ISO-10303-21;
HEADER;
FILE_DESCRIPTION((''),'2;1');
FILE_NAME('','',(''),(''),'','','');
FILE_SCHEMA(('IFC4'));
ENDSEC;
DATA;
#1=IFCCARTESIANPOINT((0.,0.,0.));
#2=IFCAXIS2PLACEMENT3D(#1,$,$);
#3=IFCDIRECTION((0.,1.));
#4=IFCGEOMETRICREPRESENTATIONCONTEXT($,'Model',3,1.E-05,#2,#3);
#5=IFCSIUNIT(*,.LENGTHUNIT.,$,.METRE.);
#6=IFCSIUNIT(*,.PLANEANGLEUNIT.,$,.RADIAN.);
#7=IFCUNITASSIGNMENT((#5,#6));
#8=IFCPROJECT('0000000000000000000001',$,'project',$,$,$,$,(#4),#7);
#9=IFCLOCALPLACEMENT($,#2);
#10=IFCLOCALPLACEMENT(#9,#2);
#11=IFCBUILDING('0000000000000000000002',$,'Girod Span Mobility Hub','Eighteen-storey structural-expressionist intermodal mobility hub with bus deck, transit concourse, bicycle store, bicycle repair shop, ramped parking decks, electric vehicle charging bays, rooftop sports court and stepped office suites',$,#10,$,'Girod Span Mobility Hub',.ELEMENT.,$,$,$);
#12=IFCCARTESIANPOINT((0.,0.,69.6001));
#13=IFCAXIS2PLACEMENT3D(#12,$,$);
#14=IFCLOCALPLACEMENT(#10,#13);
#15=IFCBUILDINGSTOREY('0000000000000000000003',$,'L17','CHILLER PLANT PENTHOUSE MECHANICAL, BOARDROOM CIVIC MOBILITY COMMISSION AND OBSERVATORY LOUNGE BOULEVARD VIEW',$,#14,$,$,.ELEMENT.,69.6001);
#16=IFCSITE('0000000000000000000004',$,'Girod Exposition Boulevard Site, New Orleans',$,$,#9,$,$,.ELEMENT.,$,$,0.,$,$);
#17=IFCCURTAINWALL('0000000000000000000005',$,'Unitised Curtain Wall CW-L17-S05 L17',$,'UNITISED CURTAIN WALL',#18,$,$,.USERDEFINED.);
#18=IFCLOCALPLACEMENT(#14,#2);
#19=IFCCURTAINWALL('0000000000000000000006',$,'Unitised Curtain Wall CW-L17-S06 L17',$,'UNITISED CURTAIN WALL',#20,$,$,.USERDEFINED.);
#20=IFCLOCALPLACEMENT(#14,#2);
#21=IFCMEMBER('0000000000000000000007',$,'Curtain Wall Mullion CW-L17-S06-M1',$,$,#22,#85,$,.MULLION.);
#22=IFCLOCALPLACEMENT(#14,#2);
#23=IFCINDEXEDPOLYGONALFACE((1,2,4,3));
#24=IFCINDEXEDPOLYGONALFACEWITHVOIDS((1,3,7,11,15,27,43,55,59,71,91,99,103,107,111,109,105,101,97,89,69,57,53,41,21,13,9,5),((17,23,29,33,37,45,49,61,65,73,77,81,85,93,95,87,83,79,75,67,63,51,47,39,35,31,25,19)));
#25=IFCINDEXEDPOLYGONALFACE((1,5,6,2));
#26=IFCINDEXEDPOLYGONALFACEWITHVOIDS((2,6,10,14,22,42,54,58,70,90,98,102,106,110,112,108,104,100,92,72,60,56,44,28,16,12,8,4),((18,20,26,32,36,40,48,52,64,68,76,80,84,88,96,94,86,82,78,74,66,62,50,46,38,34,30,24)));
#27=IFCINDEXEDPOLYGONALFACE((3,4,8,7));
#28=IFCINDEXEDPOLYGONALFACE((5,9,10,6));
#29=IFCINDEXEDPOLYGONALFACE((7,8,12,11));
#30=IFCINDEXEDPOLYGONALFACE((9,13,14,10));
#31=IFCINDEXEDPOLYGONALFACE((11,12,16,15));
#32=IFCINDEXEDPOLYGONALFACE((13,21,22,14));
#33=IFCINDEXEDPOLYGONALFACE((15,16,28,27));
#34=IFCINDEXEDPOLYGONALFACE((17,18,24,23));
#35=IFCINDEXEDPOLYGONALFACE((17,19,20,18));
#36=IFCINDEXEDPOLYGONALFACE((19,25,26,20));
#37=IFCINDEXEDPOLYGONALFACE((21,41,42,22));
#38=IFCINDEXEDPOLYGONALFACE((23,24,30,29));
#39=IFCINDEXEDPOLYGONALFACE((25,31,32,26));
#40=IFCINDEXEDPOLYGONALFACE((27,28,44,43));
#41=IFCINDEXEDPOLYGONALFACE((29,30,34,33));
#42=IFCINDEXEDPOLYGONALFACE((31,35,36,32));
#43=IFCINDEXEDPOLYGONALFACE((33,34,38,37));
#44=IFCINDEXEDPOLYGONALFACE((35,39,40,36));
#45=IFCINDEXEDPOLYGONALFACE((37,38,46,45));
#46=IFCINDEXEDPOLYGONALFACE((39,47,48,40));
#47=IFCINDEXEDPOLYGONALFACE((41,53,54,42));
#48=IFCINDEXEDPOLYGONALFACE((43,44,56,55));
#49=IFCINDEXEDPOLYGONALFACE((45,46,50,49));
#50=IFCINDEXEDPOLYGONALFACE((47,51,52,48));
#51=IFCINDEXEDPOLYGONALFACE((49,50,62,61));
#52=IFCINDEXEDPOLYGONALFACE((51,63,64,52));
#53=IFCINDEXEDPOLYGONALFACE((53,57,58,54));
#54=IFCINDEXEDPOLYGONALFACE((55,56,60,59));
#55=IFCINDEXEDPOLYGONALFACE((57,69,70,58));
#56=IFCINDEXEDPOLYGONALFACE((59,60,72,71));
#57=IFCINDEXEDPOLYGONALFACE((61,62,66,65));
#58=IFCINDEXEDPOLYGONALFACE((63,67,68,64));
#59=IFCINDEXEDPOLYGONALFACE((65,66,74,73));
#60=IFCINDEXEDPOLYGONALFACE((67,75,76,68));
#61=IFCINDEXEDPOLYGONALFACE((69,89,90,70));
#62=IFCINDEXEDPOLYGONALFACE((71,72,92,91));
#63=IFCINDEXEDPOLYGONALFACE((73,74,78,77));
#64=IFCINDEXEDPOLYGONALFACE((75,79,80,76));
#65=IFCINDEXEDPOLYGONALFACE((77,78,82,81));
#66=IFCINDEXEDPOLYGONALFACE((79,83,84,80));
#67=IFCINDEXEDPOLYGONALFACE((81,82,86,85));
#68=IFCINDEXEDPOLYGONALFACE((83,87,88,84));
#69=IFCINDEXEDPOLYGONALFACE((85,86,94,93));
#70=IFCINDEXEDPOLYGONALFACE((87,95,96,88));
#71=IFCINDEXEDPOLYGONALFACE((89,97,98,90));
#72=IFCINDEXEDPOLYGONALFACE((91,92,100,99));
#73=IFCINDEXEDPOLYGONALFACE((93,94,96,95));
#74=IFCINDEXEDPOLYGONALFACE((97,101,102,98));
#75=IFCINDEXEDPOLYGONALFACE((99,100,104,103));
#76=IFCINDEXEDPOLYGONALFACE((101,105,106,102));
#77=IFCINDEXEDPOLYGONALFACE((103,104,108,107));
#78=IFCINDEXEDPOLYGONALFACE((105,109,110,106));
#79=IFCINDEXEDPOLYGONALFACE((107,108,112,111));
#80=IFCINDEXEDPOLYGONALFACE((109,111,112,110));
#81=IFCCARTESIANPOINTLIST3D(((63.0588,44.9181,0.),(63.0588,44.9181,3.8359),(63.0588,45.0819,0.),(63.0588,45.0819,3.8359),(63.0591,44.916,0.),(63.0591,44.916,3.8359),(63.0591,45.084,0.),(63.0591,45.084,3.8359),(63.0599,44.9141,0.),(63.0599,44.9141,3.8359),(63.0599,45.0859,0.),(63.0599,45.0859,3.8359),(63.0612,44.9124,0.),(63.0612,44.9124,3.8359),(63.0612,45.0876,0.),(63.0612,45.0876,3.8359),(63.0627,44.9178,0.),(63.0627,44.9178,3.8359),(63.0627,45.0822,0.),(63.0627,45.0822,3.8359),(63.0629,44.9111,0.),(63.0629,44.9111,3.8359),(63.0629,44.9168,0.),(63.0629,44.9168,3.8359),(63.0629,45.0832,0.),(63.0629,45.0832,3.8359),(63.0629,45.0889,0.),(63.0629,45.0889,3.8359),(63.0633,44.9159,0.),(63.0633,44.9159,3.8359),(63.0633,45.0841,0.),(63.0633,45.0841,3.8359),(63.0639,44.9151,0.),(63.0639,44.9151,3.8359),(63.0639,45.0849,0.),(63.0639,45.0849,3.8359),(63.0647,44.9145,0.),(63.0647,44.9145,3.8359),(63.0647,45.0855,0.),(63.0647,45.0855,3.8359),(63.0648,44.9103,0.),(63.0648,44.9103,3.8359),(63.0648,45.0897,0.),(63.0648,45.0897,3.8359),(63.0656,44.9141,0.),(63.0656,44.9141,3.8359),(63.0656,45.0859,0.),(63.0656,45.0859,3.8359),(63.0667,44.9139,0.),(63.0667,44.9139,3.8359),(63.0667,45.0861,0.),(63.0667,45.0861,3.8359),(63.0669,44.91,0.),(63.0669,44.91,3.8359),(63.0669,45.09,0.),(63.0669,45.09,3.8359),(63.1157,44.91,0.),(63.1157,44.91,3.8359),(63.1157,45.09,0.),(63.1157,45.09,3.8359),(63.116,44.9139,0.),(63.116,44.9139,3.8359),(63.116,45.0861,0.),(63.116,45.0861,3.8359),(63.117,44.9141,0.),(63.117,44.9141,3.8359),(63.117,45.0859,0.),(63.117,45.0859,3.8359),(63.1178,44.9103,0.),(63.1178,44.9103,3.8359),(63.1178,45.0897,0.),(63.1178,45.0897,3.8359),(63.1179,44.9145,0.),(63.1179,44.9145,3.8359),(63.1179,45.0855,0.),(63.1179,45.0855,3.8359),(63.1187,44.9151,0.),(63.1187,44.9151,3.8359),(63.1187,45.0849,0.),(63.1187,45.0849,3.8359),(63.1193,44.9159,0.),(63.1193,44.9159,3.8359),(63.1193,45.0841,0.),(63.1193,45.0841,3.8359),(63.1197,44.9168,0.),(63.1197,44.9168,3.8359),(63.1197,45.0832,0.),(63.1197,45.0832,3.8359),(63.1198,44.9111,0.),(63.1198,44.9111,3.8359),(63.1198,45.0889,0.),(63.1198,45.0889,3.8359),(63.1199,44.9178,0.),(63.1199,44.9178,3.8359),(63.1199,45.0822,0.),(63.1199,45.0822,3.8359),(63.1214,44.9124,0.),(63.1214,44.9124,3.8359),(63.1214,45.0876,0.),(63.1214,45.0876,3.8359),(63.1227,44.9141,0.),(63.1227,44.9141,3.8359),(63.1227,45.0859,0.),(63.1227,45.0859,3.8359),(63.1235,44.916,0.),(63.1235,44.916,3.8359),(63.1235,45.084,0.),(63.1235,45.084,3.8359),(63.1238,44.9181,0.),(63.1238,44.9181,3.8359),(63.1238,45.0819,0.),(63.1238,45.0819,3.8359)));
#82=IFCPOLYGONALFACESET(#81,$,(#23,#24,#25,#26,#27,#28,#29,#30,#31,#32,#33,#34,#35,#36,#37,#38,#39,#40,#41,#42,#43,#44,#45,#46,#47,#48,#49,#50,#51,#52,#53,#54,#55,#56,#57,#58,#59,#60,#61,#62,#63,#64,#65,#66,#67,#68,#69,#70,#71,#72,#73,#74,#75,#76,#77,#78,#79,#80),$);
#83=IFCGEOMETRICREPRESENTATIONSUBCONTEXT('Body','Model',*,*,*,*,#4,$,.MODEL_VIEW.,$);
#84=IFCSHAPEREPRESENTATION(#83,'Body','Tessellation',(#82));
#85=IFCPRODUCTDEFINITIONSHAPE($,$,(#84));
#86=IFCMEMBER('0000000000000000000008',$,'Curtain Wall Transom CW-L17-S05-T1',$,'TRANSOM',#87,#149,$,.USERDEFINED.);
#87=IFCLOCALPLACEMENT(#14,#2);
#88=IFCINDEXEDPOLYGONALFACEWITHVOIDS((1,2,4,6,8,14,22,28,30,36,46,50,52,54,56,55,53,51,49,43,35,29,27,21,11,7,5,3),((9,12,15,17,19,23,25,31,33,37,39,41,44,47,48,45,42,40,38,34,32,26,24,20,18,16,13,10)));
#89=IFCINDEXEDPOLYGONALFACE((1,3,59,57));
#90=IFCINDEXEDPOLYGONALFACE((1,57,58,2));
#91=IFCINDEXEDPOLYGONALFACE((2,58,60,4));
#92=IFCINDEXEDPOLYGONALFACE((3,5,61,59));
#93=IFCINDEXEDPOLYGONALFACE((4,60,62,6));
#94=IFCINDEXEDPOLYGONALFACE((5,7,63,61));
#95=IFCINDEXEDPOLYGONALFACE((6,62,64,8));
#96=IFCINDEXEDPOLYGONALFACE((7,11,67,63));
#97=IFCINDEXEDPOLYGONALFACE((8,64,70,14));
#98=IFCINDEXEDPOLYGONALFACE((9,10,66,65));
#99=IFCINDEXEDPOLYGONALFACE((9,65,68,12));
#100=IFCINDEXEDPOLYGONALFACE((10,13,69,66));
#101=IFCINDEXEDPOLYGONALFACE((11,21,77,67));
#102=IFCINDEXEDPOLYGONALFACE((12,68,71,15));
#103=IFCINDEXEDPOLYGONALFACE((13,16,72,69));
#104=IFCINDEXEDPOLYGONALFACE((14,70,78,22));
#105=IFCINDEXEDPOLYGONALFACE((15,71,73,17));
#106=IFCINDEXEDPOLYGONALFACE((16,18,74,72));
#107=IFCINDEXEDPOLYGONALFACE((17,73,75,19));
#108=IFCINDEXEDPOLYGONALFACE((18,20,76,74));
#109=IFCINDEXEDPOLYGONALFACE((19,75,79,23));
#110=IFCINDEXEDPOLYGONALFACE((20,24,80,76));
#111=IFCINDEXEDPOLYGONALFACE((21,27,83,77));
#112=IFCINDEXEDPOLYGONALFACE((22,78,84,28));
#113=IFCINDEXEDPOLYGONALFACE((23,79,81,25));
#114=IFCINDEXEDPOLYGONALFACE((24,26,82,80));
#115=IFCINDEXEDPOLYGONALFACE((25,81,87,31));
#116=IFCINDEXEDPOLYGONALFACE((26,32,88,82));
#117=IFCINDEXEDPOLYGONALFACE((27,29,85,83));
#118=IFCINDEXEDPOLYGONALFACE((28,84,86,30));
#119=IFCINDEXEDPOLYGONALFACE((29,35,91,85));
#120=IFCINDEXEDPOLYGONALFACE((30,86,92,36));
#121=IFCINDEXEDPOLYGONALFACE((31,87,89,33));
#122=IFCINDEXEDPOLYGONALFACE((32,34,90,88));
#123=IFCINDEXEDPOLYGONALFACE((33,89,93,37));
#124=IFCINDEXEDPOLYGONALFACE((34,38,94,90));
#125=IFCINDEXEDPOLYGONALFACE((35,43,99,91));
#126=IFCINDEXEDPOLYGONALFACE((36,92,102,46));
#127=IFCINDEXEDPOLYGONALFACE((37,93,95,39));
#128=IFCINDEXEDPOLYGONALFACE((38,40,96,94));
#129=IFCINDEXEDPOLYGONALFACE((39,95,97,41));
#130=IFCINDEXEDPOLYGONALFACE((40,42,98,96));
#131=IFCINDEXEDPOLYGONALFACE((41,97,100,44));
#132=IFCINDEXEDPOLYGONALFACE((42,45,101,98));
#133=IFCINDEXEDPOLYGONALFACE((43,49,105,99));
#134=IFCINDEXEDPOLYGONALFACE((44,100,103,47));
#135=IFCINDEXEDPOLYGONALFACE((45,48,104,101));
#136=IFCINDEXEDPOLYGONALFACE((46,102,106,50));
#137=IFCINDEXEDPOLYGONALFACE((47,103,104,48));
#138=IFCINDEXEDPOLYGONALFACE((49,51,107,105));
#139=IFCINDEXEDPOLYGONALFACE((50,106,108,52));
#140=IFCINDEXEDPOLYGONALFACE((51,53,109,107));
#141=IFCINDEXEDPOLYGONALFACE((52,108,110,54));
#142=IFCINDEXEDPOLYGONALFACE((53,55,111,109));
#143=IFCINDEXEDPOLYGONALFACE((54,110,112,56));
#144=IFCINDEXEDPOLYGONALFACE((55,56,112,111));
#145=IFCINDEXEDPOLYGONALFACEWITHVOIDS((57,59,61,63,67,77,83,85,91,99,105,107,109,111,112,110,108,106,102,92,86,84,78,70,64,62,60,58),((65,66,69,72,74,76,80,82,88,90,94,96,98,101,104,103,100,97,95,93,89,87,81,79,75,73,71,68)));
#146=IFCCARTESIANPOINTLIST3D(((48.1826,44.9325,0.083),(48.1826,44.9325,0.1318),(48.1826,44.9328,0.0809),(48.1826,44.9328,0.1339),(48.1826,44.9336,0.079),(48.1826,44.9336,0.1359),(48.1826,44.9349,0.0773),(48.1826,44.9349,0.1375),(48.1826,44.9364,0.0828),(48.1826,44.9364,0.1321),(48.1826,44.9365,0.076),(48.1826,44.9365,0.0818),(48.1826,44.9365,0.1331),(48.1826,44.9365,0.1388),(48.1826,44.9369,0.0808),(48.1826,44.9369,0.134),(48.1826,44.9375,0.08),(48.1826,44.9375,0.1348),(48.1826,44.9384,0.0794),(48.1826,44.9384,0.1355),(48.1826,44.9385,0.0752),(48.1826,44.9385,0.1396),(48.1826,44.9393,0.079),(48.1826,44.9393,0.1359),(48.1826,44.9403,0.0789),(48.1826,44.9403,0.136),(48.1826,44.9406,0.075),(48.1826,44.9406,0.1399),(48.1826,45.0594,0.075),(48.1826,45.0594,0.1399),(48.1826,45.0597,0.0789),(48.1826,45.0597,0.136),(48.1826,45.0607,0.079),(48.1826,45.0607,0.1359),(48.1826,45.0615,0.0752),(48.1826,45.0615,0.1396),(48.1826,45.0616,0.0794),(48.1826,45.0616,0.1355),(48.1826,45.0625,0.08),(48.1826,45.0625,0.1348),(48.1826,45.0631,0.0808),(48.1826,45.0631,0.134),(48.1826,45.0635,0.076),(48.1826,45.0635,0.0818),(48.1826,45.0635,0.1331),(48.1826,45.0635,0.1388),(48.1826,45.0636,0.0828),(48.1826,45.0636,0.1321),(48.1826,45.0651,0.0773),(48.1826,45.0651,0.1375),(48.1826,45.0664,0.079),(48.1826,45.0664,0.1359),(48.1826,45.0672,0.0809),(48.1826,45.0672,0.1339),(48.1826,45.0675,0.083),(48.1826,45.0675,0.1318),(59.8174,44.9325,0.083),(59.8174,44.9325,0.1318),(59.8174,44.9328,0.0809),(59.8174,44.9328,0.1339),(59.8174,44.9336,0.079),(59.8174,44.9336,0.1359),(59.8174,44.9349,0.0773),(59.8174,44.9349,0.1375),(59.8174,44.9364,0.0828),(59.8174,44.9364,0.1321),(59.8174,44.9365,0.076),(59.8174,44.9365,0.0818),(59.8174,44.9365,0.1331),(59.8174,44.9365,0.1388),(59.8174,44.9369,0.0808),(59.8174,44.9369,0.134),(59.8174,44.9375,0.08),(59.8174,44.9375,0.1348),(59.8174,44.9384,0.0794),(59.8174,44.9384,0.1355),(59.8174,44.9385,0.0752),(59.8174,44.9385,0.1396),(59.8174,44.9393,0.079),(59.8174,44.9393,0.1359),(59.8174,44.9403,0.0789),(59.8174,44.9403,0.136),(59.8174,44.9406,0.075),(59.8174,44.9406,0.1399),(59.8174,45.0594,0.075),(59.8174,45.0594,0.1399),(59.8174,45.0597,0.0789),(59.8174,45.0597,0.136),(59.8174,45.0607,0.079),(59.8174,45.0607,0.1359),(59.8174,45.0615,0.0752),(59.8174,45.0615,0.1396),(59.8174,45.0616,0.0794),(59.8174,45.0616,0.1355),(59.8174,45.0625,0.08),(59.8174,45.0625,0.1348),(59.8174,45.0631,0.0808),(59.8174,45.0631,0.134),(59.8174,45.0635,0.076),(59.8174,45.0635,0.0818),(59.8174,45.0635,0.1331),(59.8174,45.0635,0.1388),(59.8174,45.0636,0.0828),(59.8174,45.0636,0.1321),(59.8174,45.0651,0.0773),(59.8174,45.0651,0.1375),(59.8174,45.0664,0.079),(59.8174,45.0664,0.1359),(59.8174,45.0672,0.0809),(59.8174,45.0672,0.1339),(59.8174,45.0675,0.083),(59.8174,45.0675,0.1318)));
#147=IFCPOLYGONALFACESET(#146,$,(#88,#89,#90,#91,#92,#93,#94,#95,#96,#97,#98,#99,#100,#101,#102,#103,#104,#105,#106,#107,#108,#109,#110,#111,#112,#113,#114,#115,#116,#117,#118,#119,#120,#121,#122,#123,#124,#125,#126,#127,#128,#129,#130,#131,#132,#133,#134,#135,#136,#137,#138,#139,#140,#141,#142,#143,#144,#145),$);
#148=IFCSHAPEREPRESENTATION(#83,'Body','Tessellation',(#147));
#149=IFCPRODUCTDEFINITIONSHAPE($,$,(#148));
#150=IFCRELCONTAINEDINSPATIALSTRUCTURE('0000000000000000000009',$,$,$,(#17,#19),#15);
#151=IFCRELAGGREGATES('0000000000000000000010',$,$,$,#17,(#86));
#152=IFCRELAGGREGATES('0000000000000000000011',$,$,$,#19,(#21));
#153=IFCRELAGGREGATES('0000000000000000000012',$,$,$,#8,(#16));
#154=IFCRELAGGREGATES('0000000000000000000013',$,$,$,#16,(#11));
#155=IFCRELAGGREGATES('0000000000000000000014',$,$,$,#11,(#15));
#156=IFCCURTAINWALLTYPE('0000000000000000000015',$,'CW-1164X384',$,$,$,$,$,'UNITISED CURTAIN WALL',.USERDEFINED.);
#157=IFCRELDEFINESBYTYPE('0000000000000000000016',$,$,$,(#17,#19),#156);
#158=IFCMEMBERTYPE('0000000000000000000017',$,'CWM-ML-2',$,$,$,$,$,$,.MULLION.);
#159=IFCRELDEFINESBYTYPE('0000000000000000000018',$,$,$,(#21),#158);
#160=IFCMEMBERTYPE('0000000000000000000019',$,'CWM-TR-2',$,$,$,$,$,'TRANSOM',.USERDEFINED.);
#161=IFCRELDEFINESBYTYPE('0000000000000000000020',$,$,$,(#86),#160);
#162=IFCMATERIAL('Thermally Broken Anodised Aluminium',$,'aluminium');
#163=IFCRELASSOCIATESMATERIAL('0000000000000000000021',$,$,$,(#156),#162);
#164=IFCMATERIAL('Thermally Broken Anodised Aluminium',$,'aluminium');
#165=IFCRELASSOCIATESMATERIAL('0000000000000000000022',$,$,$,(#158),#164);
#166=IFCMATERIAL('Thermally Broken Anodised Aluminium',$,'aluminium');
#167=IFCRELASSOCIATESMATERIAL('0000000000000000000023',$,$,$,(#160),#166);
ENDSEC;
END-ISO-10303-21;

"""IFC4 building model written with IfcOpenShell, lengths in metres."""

from ifc_helpers import new_model, si_unit, direction, frame, origin, origin_2d, place, context, subcontext, project, spatial, hollow_rectangle, extrude, material, material_profile, profile_set, type_object, element, aggregate, save


model = new_model("IFC4")

# Units and contexts
model_context = context("Model", 3, precision=1e-05, world=origin(), true_north=direction((0.0, 1.0)))
body_context = subcontext(model_context, "Body", "Model", "MODEL_VIEW")
ifc_project = project(units=[si_unit("LENGTHUNIT", "METRE"), si_unit("PLANEANGLEUNIT", "RADIAN")], contexts=[model_context])

# Site, building, storey
site_placement = place(None, origin())
site = spatial("IfcSite", under=ifc_project, at=site_placement, Name="Girod Exposition Boulevard Site, New Orleans", CompositionType="ELEMENT", RefElevation=0.0)
building_placement = place(site_placement, origin())
building = spatial("IfcBuilding", under=site, at=building_placement, Name="Girod Span Mobility Hub", Description="Eighteen-storey structural-expressionist intermodal mobility hub with bus deck, transit concourse, bicycle store, bicycle repair shop, ramped parking decks, electric vehicle charging bays, rooftop sports court and stepped office suites", LongName="Girod Span Mobility Hub", CompositionType="ELEMENT")
storey_placement = place(building_placement, frame((0.0, 0.0, 69.6001)))
storey = spatial("IfcBuildingStorey", under=building, at=storey_placement, Name="L17", Description="CHILLER PLANT PENTHOUSE MECHANICAL, BOARDROOM CIVIC MOBILITY COMMISSION AND OBSERVATORY LOUNGE BOULEVARD VIEW", CompositionType="ELEMENT", Elevation=69.6001)

# Curtain walls, member
ifc_material_1 = material(Name="Thermally Broken Anodised Aluminium", Category="aluminium")
curtain_wall_type = type_object("IfcCurtainWallType", Name="CW-1164X384", ElementType="UNITISED CURTAIN WALL", PredefinedType="USERDEFINED", material=ifc_material_1)
curtain_wall_1_placement = place(storey_placement, origin())
curtain_wall_1 = element("IfcCurtainWall", 1, at=curtain_wall_1_placement, inside=storey, type_object=curtain_wall_type, Name="Unitised Curtain Wall CW-L17-S05 L17", ObjectType="UNITISED CURTAIN WALL", PredefinedType="USERDEFINED")
ifc_material_2 = material(Name="Thermally Broken Anodised Aluminium", Category="aluminium")
ifc_material_profile_1 = material_profile(ifc_material_2, hollow_rectangle(XDim=0.1799, YDim=0.0649, WallThickness=0.0039, InnerFilletRadius=0.0039, OuterFilletRadius=0.0081, at=origin_2d()), Name="CW-ML-65X180")
ifc_profile_set_1 = profile_set([ifc_material_profile_1], Name="Thermally Broken Anodised Aluminium")
member_type_1 = type_object("IfcMemberType", Name="CWM-ML-2", PredefinedType="MULLION", material=ifc_profile_set_1)
curtain_wall_2_placement = place(storey_placement, origin())
curtain_wall_2 = element("IfcCurtainWall", 2, at=curtain_wall_2_placement, inside=storey, type_object=curtain_wall_type, Name="Unitised Curtain Wall CW-L17-S06 L17", ObjectType="UNITISED CURTAIN WALL", PredefinedType="USERDEFINED")
member_1_placement = place(storey_placement, frame((63.0913, 45.0, 0.0), z_axis=(0.0, 0.0, 1.0), x_axis=(0.0, 1.0, 0.0)))
member_1 = element("IfcMember", 3, at=member_1_placement, type_object=member_type_1, Name="Curtain Wall Mullion CW-L17-S06-M1", PredefinedType="MULLION", context=body_context, shape_type="SweptSolid", body=[
    extrude(hollow_rectangle(XDim=0.1799, YDim=0.0649, WallThickness=0.0039, InnerFilletRadius=0.0039, OuterFilletRadius=0.0081, at=origin_2d()), origin(), (0.0, 0.0, 1.0), 3.8359),
])

# Member
ifc_material_3 = material(Name="Thermally Broken Anodised Aluminium", Category="aluminium")
ifc_material_profile_2 = material_profile(ifc_material_3, hollow_rectangle(XDim=0.135, YDim=0.0649, WallThickness=0.0039, InnerFilletRadius=0.0039, OuterFilletRadius=0.0081, at=origin_2d()), Name="CW-TR-65X135")
ifc_profile_set_2 = profile_set([ifc_material_profile_2], Name="Thermally Broken Anodised Aluminium")
member_type_2 = type_object("IfcMemberType", Name="CWM-TR-2", ElementType="TRANSOM", PredefinedType="USERDEFINED", material=ifc_profile_set_2)
member_2_placement = place(storey_placement, frame((48.1826, 45.0, 0.1074), z_axis=(1.0, 0.0, 0.0), x_axis=(0.0, 1.0, 0.0)))
member_2 = element("IfcMember", 4, at=member_2_placement, type_object=member_type_2, Name="Curtain Wall Transom CW-L17-S05-T1", ObjectType="TRANSOM", PredefinedType="USERDEFINED", context=body_context, shape_type="SweptSolid", body=[
    extrude(hollow_rectangle(XDim=0.135, YDim=0.0649, WallThickness=0.0039, InnerFilletRadius=0.0039, OuterFilletRadius=0.0081, at=origin_2d()), origin(), (0.0, 0.0, 1.0), 11.6348),
])

aggregate(curtain_wall_1, [member_2])
aggregate(curtain_wall_2, [member_1])

save(model, "model.ifc")
